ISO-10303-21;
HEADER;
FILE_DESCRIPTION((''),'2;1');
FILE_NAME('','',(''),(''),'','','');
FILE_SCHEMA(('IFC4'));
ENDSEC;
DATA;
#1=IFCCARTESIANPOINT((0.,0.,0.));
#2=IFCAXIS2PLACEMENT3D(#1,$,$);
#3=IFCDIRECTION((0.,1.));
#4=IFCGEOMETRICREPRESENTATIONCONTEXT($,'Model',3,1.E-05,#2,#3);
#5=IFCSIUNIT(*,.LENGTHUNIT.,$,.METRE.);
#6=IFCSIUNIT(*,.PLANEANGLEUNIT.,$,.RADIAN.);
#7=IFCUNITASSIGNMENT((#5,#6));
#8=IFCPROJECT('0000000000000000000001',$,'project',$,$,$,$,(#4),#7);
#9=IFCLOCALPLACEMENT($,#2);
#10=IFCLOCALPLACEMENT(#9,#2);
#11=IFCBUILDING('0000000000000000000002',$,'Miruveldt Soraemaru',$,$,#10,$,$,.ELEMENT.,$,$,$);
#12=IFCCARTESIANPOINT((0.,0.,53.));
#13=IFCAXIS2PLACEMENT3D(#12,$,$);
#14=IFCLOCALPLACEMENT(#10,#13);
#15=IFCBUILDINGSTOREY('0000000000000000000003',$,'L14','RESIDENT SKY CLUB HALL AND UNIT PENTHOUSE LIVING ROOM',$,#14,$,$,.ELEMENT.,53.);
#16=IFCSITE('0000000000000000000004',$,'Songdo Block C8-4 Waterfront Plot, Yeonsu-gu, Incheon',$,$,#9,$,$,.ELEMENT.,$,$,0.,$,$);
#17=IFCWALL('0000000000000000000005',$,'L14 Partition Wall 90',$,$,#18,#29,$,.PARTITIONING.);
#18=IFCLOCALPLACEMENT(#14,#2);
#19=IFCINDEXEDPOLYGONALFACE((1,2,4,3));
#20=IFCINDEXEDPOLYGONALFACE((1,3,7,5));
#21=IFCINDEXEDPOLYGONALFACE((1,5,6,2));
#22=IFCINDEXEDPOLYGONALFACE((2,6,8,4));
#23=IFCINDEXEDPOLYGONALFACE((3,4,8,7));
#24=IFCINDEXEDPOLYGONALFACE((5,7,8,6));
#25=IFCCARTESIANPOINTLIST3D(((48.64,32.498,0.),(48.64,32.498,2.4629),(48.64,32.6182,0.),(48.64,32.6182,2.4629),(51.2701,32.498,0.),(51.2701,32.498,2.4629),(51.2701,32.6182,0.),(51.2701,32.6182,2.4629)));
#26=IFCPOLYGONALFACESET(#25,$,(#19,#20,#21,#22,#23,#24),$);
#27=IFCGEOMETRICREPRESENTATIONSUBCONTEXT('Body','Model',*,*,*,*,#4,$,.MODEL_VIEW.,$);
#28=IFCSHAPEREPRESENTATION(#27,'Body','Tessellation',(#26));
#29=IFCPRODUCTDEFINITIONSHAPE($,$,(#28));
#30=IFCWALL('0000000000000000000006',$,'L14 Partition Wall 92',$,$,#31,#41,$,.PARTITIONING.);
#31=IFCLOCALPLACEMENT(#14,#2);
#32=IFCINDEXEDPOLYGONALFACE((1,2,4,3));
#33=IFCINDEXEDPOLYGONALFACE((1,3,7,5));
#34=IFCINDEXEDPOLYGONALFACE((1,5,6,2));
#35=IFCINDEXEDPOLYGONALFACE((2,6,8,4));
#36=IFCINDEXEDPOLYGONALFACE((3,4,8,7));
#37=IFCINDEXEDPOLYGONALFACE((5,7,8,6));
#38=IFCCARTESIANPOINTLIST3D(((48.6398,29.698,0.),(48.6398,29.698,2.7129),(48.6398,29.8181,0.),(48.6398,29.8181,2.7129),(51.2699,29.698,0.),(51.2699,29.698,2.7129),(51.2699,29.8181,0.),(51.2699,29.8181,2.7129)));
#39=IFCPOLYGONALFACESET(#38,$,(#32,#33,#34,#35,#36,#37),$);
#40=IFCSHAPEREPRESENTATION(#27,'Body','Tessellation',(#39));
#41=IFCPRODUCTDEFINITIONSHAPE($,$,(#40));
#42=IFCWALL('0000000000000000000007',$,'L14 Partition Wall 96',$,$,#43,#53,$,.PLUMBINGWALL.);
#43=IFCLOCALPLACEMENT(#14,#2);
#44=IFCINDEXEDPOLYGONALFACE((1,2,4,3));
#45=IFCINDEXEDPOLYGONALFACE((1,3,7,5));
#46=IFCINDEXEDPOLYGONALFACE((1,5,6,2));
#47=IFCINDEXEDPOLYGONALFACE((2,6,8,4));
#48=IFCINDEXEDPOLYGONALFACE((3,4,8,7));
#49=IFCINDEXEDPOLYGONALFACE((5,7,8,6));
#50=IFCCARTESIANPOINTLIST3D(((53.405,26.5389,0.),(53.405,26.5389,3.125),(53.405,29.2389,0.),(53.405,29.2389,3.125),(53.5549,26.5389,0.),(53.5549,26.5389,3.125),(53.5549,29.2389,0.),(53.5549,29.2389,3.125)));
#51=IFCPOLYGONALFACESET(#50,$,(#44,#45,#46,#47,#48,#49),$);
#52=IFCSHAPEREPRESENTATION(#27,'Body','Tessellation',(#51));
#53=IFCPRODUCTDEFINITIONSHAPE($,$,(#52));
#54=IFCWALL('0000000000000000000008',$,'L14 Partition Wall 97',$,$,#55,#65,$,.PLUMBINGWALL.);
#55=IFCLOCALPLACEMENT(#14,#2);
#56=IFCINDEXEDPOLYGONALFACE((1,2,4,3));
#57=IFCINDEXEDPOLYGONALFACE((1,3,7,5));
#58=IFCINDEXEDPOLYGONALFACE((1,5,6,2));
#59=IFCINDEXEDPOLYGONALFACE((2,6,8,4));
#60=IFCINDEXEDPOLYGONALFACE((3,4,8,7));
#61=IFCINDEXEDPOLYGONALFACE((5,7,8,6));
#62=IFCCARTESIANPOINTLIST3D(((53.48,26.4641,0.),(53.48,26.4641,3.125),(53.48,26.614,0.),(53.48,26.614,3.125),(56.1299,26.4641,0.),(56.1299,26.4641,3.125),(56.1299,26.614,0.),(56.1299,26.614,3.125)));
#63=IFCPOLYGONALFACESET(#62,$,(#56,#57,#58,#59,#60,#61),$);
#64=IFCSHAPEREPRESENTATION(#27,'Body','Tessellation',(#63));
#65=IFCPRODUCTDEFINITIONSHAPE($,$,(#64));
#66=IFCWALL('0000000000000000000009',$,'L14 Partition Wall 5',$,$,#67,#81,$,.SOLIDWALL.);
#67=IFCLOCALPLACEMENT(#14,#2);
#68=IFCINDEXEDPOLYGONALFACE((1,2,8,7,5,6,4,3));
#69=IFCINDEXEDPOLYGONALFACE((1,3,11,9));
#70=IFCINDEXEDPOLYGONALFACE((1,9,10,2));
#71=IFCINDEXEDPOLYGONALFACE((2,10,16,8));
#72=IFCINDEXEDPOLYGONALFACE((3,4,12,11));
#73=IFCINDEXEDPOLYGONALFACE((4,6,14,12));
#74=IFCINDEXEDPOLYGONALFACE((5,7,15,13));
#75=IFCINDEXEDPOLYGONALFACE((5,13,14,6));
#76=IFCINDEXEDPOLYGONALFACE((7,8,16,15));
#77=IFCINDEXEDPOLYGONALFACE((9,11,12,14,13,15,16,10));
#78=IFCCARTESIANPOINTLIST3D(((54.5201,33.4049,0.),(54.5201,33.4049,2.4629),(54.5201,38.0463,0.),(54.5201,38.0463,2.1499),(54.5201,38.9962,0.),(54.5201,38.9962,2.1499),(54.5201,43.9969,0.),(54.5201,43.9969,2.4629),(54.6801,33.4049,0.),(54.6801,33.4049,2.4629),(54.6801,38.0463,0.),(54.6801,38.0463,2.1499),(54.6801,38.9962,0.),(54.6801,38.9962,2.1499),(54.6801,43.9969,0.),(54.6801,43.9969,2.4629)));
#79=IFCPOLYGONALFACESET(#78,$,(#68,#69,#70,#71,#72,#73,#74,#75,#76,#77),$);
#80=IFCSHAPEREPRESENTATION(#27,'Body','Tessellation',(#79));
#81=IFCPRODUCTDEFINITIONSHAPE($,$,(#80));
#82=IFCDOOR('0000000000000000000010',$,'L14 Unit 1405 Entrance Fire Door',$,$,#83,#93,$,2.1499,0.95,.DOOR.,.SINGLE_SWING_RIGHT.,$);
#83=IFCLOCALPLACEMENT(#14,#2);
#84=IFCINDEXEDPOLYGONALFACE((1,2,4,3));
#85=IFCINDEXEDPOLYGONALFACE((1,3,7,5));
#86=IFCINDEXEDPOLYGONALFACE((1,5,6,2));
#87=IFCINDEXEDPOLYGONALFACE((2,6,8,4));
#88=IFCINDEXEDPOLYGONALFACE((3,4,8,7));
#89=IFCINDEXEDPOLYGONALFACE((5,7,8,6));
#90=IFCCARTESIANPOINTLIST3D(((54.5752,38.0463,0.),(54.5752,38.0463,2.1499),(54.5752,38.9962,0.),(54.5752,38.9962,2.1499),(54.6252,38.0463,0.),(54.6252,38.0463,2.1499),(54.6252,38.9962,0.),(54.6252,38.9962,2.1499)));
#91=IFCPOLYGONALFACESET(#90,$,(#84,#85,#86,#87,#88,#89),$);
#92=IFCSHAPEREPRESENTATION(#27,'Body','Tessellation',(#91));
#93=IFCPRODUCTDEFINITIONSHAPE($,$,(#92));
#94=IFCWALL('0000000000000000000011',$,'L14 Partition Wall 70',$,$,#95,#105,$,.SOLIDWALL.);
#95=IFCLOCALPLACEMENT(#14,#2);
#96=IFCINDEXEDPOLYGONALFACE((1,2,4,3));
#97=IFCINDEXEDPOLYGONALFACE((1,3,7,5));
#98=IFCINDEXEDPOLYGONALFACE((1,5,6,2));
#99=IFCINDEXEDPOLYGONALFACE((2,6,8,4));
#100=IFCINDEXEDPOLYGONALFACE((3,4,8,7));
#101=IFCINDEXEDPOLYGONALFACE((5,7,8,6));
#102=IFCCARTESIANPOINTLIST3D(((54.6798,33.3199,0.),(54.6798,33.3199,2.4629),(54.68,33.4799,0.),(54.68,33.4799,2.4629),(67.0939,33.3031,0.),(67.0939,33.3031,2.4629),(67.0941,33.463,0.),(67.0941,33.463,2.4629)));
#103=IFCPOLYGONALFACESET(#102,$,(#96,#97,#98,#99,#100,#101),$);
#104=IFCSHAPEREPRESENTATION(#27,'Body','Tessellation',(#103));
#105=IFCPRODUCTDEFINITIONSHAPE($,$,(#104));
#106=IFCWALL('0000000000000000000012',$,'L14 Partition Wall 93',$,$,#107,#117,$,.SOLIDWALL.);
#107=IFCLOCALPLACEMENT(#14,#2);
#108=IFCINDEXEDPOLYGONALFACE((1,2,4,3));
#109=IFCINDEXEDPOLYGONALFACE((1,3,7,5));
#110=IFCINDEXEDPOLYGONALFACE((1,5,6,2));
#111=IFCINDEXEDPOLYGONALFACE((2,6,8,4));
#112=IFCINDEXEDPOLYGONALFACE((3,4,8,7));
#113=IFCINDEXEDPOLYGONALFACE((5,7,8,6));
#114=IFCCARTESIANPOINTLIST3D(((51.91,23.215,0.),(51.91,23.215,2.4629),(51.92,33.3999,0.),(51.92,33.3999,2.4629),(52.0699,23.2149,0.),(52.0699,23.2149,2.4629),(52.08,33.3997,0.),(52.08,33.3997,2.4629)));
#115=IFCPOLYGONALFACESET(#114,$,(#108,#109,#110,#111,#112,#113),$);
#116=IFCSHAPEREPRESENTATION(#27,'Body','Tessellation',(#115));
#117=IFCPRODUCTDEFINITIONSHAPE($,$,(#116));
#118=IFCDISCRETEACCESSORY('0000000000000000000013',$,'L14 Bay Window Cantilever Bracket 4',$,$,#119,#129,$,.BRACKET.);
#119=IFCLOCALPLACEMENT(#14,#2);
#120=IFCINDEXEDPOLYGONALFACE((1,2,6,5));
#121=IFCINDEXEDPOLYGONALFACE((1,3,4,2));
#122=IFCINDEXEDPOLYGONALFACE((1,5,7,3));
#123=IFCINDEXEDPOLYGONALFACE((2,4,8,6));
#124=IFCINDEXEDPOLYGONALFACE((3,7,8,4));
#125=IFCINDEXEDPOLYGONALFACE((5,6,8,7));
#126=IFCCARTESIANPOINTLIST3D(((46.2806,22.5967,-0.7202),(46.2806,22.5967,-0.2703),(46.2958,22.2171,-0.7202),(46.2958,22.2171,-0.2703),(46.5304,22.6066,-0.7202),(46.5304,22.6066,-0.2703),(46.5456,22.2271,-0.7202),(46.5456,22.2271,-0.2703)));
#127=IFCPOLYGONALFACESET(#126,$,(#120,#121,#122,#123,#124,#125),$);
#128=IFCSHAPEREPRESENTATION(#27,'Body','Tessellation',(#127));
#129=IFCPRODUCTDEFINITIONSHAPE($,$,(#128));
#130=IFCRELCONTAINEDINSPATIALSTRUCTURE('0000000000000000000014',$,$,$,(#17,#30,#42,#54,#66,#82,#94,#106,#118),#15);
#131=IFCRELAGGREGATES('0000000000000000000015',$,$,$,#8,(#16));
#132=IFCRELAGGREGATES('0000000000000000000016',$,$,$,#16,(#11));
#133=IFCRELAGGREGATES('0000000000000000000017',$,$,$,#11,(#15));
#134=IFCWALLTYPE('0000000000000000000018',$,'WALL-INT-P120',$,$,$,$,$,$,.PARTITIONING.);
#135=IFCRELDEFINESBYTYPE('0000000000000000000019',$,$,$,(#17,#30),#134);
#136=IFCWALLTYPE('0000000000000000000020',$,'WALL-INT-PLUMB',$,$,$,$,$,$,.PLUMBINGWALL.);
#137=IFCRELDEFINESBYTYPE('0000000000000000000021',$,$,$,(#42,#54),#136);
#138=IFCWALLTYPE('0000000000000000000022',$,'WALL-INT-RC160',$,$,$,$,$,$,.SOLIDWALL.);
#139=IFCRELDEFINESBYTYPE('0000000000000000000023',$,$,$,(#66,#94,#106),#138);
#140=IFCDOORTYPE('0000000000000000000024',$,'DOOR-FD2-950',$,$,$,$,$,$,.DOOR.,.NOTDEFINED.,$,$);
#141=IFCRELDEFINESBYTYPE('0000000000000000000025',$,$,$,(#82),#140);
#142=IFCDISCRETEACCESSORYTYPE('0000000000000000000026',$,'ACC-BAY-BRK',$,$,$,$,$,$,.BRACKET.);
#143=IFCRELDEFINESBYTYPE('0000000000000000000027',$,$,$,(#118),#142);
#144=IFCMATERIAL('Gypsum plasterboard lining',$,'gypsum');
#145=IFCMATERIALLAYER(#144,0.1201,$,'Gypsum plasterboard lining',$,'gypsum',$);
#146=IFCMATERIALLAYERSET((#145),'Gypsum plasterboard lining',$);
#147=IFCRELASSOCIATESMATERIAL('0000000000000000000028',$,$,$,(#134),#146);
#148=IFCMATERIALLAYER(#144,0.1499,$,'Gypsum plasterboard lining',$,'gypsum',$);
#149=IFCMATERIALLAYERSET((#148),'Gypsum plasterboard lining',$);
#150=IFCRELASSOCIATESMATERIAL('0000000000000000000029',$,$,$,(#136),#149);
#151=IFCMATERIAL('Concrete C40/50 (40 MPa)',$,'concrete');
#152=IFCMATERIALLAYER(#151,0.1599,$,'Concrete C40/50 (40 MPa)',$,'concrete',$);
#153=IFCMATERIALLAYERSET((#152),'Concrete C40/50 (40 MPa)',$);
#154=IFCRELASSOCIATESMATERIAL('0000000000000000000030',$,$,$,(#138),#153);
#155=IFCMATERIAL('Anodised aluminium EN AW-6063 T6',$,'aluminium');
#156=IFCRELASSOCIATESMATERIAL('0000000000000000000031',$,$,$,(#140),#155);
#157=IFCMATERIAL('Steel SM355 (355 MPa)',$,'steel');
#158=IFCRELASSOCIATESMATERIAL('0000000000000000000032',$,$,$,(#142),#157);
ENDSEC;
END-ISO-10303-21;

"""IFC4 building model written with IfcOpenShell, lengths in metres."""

from ifc_helpers import new_model, si_unit, direction, frame, frame_2d, origin, origin_2d, place, context, subcontext, project, spatial, rectangle, extrude, material, layer, layer_set, type_object, element, fill, save


model = new_model("IFC4")

# Units and contexts
model_context = context("Model", 3, precision=1e-05, world=origin(), true_north=direction((0.0, 1.0)))
body_context = subcontext(model_context, "Body", "Model", "MODEL_VIEW")
ifc_project = project(units=[si_unit("LENGTHUNIT", "METRE"), si_unit("PLANEANGLEUNIT", "RADIAN")], contexts=[model_context])

# Site, building, storey
site_placement = place(None, origin())
site = spatial("IfcSite", under=ifc_project, at=site_placement, Name="Songdo Block C8-4 Waterfront Plot, Yeonsu-gu, Incheon", CompositionType="ELEMENT", RefElevation=0.0)
building_placement = place(site_placement, origin())
building = spatial("IfcBuilding", under=site, at=building_placement, Name="Miruveldt Soraemaru", CompositionType="ELEMENT")
storey_placement = place(building_placement, frame((0.0, 0.0, 53.0)))
storey = spatial("IfcBuildingStorey", under=building, at=storey_placement, Name="L14", Description="RESIDENT SKY CLUB HALL AND UNIT PENTHOUSE LIVING ROOM", CompositionType="ELEMENT", Elevation=53.0)

# Shared definitions
ifc_material_1 = material(Name="Steel SM355 (355 MPa)", Category="steel")

# Shared definitions
ifc_material_2 = material(Name="Gypsum plasterboard lining", Category="gypsum")
ifc_layer_1 = layer(ifc_material_2, 0.1201, Name="Gypsum plasterboard lining", Category="gypsum")
ifc_layer_set_1 = layer_set([ifc_layer_1], Name="Gypsum plasterboard lining")
wall_type_1 = type_object("IfcWallType", Name="WALL-INT-P120", PredefinedType="PARTITIONING", material=ifc_layer_set_1)
ifc_material_3 = material(Name="Anodised aluminium EN AW-6063 T6", Category="aluminium")

# Walls
wall_1_placement = place(storey_placement, frame((51.27, 32.5581, 0.0), z_axis=(0.0, 0.0, 1.0), x_axis=(-1.0, 0.0, 0.0)))
element("IfcWall", 1, at=wall_1_placement, inside=storey, type_object=wall_type_1, Name="L14 Partition Wall 90", PredefinedType="PARTITIONING", context=body_context, shape_type="SweptSolid", body=[
    extrude(rectangle(XDim=2.6301, YDim=0.1201, at=frame_2d((1.3149, 0.0))), origin(), (0.0, 0.0, 1.0), 2.4629),
])
wall_2_placement = place(storey_placement, frame((48.6399, 29.7581, 0.0), z_axis=(0.0, 0.0, 1.0), x_axis=(1.0, 0.0, 0.0)))
element("IfcWall", 2, at=wall_2_placement, inside=storey, type_object=wall_type_1, Name="L14 Partition Wall 92", PredefinedType="PARTITIONING", context=body_context, shape_type="SweptSolid", body=[
    extrude(rectangle(XDim=2.6301, YDim=0.1201, at=frame_2d((1.3149, 0.0))), origin(), (0.0, 0.0, 1.0), 2.7129),
])
ifc_layer_2 = layer(ifc_material_2, 0.1499, Name="Gypsum plasterboard lining", Category="gypsum")
ifc_layer_set_2 = layer_set([ifc_layer_2], Name="Gypsum plasterboard lining")
wall_type_2 = type_object("IfcWallType", Name="WALL-INT-PLUMB", PredefinedType="PLUMBINGWALL", material=ifc_layer_set_2)
wall_3_placement = place(storey_placement, frame((53.48, 29.239, 0.0), z_axis=(0.0, 0.0, 1.0), x_axis=(0.0, -1.0, 0.0)))
element("IfcWall", 3, at=wall_3_placement, inside=storey, type_object=wall_type_2, Name="L14 Partition Wall 96", PredefinedType="PLUMBINGWALL", context=body_context, shape_type="SweptSolid", body=[
    extrude(rectangle(XDim=2.7, YDim=0.1499, at=frame_2d((1.3501, 0.0))), origin(), (0.0, 0.0, 1.0), 3.125),
])
wall_4_placement = place(storey_placement, frame((53.48, 26.5391, 0.0), z_axis=(0.0, 0.0, 1.0), x_axis=(1.0, 0.0, 0.0)))
element("IfcWall", 4, at=wall_4_placement, inside=storey, type_object=wall_type_2, Name="L14 Partition Wall 97", PredefinedType="PLUMBINGWALL", context=body_context, shape_type="SweptSolid", body=[
    extrude(rectangle(XDim=2.6499, YDim=0.1499, at=frame_2d((1.325, 0.0))), origin(), (0.0, 0.0, 1.0), 3.125),
])

# Wall, opening, door
ifc_material_4 = material(Name="Concrete C40/50 (40 MPa)", Category="concrete")
ifc_layer_3 = layer(ifc_material_4, 0.1599, Name="Concrete C40/50 (40 MPa)", Category="concrete")
ifc_layer_set_3 = layer_set([ifc_layer_3], Name="Concrete C40/50 (40 MPa)")
wall_type_3 = type_object("IfcWallType", Name="WALL-INT-RC160", PredefinedType="SOLIDWALL", material=ifc_layer_set_3)
wall_5_placement = place(storey_placement, frame((54.6001, 33.405, 0.0), z_axis=(0.0, 0.0, 1.0), x_axis=(0.0, 1.0, 0.0)))
wall_5 = element("IfcWall", 5, at=wall_5_placement, inside=storey, type_object=wall_type_3, Name="L14 Partition Wall 5", PredefinedType="SOLIDWALL", context=body_context, shape_type="SweptSolid", body=[
    extrude(rectangle(XDim=10.592, YDim=0.1599, at=frame_2d((5.2959, 0.0))), origin(), (0.0, 0.0, 1.0), 2.4629),
])
opening_1_placement = place(wall_5_placement, frame((4.6411, 0.0, 0.0)))
opening_1 = element("IfcOpeningElement", 6, at=opening_1_placement, cuts=wall_5, PredefinedType="OPENING", context=body_context, shape_type="SweptSolid", body=[
    extrude(rectangle(XDim=0.95, YDim=2.1499, at=frame_2d((0.4751, 1.075))), frame((0.0, 0.0898, 0.0), z_axis=(0.0, -1.0, 0.0), x_axis=(1.0, 0.0, 0.0)), (0.0, 0.0, 1.0), 0.1799),
])
door_type_1 = type_object("IfcDoorType", Name="DOOR-FD2-950", OperationType="NOTDEFINED", PredefinedType="DOOR", material=ifc_material_3)
door_1_placement = place(opening_1_placement, origin())
door_1 = element("IfcDoor", 7, at=door_1_placement, inside=storey, type_object=door_type_1, Name="L14 Unit 1405 Entrance Fire Door", OperationType="SINGLE_SWING_RIGHT", OverallHeight=2.1499, OverallWidth=0.95, PredefinedType="DOOR", context=body_context, shape_type="SweptSolid", body=[
    extrude(rectangle(XDim=0.95, YDim=2.1499, at=frame_2d((0.4751, 1.075))), frame((0.0, 0.0249, 0.0), z_axis=(0.0, -1.0, 0.0), x_axis=(1.0, 0.0, 0.0)), (0.0, 0.0, 1.0), 0.05),
])
fill(opening_1, door_1)

# Walls
wall_6_placement = place(storey_placement, frame((54.6799, 33.3999, 0.0), z_axis=(0.0, 0.0, 1.0), x_axis=(0.999999, -0.001357, 0.0)))
element("IfcWall", 8, at=wall_6_placement, inside=storey, type_object=wall_type_3, Name="L14 Partition Wall 70", PredefinedType="SOLIDWALL", context=body_context, shape_type="SweptSolid", body=[
    extrude(rectangle(XDim=12.4141, YDim=0.1599, at=frame_2d((6.207, 0.0))), origin(), (0.0, 0.0, 1.0), 2.4629),
])
wall_7_placement = place(storey_placement, frame((51.99, 23.2151, 0.0), z_axis=(0.0, 0.0, 1.0), x_axis=(0.000983, 1.0, 0.0)))
element("IfcWall", 9, at=wall_7_placement, inside=storey, type_object=wall_type_3, Name="L14 Partition Wall 93", PredefinedType="SOLIDWALL", context=body_context, shape_type="SweptSolid", body=[
    extrude(rectangle(XDim=10.1848, YDim=0.1599, at=frame_2d((5.0923, 0.0))), origin(), (0.0, 0.0, 1.0), 2.4629),
])

# Discrete accessory
discrete_accessory_type = type_object("IfcDiscreteAccessoryType", Name="ACC-BAY-BRK", PredefinedType="BRACKET", material=ifc_material_1)
discrete_accessory_placement = place(storey_placement, frame((46.4131, 22.4119, -0.7202), z_axis=(0.0, 0.0, 1.0), x_axis=(0.039957, -0.999201, 0.0)))
element("IfcDiscreteAccessory", 10, at=discrete_accessory_placement, inside=storey, type_object=discrete_accessory_type, Name="L14 Bay Window Cantilever Bracket 4", PredefinedType="BRACKET", context=body_context, shape_type="SweptSolid", body=[
    extrude(rectangle(XDim=0.3799, YDim=0.25, at=origin_2d()), origin(), (0.0, 0.0, 1.0), 0.45),
])

save(model, "model.ifc")
